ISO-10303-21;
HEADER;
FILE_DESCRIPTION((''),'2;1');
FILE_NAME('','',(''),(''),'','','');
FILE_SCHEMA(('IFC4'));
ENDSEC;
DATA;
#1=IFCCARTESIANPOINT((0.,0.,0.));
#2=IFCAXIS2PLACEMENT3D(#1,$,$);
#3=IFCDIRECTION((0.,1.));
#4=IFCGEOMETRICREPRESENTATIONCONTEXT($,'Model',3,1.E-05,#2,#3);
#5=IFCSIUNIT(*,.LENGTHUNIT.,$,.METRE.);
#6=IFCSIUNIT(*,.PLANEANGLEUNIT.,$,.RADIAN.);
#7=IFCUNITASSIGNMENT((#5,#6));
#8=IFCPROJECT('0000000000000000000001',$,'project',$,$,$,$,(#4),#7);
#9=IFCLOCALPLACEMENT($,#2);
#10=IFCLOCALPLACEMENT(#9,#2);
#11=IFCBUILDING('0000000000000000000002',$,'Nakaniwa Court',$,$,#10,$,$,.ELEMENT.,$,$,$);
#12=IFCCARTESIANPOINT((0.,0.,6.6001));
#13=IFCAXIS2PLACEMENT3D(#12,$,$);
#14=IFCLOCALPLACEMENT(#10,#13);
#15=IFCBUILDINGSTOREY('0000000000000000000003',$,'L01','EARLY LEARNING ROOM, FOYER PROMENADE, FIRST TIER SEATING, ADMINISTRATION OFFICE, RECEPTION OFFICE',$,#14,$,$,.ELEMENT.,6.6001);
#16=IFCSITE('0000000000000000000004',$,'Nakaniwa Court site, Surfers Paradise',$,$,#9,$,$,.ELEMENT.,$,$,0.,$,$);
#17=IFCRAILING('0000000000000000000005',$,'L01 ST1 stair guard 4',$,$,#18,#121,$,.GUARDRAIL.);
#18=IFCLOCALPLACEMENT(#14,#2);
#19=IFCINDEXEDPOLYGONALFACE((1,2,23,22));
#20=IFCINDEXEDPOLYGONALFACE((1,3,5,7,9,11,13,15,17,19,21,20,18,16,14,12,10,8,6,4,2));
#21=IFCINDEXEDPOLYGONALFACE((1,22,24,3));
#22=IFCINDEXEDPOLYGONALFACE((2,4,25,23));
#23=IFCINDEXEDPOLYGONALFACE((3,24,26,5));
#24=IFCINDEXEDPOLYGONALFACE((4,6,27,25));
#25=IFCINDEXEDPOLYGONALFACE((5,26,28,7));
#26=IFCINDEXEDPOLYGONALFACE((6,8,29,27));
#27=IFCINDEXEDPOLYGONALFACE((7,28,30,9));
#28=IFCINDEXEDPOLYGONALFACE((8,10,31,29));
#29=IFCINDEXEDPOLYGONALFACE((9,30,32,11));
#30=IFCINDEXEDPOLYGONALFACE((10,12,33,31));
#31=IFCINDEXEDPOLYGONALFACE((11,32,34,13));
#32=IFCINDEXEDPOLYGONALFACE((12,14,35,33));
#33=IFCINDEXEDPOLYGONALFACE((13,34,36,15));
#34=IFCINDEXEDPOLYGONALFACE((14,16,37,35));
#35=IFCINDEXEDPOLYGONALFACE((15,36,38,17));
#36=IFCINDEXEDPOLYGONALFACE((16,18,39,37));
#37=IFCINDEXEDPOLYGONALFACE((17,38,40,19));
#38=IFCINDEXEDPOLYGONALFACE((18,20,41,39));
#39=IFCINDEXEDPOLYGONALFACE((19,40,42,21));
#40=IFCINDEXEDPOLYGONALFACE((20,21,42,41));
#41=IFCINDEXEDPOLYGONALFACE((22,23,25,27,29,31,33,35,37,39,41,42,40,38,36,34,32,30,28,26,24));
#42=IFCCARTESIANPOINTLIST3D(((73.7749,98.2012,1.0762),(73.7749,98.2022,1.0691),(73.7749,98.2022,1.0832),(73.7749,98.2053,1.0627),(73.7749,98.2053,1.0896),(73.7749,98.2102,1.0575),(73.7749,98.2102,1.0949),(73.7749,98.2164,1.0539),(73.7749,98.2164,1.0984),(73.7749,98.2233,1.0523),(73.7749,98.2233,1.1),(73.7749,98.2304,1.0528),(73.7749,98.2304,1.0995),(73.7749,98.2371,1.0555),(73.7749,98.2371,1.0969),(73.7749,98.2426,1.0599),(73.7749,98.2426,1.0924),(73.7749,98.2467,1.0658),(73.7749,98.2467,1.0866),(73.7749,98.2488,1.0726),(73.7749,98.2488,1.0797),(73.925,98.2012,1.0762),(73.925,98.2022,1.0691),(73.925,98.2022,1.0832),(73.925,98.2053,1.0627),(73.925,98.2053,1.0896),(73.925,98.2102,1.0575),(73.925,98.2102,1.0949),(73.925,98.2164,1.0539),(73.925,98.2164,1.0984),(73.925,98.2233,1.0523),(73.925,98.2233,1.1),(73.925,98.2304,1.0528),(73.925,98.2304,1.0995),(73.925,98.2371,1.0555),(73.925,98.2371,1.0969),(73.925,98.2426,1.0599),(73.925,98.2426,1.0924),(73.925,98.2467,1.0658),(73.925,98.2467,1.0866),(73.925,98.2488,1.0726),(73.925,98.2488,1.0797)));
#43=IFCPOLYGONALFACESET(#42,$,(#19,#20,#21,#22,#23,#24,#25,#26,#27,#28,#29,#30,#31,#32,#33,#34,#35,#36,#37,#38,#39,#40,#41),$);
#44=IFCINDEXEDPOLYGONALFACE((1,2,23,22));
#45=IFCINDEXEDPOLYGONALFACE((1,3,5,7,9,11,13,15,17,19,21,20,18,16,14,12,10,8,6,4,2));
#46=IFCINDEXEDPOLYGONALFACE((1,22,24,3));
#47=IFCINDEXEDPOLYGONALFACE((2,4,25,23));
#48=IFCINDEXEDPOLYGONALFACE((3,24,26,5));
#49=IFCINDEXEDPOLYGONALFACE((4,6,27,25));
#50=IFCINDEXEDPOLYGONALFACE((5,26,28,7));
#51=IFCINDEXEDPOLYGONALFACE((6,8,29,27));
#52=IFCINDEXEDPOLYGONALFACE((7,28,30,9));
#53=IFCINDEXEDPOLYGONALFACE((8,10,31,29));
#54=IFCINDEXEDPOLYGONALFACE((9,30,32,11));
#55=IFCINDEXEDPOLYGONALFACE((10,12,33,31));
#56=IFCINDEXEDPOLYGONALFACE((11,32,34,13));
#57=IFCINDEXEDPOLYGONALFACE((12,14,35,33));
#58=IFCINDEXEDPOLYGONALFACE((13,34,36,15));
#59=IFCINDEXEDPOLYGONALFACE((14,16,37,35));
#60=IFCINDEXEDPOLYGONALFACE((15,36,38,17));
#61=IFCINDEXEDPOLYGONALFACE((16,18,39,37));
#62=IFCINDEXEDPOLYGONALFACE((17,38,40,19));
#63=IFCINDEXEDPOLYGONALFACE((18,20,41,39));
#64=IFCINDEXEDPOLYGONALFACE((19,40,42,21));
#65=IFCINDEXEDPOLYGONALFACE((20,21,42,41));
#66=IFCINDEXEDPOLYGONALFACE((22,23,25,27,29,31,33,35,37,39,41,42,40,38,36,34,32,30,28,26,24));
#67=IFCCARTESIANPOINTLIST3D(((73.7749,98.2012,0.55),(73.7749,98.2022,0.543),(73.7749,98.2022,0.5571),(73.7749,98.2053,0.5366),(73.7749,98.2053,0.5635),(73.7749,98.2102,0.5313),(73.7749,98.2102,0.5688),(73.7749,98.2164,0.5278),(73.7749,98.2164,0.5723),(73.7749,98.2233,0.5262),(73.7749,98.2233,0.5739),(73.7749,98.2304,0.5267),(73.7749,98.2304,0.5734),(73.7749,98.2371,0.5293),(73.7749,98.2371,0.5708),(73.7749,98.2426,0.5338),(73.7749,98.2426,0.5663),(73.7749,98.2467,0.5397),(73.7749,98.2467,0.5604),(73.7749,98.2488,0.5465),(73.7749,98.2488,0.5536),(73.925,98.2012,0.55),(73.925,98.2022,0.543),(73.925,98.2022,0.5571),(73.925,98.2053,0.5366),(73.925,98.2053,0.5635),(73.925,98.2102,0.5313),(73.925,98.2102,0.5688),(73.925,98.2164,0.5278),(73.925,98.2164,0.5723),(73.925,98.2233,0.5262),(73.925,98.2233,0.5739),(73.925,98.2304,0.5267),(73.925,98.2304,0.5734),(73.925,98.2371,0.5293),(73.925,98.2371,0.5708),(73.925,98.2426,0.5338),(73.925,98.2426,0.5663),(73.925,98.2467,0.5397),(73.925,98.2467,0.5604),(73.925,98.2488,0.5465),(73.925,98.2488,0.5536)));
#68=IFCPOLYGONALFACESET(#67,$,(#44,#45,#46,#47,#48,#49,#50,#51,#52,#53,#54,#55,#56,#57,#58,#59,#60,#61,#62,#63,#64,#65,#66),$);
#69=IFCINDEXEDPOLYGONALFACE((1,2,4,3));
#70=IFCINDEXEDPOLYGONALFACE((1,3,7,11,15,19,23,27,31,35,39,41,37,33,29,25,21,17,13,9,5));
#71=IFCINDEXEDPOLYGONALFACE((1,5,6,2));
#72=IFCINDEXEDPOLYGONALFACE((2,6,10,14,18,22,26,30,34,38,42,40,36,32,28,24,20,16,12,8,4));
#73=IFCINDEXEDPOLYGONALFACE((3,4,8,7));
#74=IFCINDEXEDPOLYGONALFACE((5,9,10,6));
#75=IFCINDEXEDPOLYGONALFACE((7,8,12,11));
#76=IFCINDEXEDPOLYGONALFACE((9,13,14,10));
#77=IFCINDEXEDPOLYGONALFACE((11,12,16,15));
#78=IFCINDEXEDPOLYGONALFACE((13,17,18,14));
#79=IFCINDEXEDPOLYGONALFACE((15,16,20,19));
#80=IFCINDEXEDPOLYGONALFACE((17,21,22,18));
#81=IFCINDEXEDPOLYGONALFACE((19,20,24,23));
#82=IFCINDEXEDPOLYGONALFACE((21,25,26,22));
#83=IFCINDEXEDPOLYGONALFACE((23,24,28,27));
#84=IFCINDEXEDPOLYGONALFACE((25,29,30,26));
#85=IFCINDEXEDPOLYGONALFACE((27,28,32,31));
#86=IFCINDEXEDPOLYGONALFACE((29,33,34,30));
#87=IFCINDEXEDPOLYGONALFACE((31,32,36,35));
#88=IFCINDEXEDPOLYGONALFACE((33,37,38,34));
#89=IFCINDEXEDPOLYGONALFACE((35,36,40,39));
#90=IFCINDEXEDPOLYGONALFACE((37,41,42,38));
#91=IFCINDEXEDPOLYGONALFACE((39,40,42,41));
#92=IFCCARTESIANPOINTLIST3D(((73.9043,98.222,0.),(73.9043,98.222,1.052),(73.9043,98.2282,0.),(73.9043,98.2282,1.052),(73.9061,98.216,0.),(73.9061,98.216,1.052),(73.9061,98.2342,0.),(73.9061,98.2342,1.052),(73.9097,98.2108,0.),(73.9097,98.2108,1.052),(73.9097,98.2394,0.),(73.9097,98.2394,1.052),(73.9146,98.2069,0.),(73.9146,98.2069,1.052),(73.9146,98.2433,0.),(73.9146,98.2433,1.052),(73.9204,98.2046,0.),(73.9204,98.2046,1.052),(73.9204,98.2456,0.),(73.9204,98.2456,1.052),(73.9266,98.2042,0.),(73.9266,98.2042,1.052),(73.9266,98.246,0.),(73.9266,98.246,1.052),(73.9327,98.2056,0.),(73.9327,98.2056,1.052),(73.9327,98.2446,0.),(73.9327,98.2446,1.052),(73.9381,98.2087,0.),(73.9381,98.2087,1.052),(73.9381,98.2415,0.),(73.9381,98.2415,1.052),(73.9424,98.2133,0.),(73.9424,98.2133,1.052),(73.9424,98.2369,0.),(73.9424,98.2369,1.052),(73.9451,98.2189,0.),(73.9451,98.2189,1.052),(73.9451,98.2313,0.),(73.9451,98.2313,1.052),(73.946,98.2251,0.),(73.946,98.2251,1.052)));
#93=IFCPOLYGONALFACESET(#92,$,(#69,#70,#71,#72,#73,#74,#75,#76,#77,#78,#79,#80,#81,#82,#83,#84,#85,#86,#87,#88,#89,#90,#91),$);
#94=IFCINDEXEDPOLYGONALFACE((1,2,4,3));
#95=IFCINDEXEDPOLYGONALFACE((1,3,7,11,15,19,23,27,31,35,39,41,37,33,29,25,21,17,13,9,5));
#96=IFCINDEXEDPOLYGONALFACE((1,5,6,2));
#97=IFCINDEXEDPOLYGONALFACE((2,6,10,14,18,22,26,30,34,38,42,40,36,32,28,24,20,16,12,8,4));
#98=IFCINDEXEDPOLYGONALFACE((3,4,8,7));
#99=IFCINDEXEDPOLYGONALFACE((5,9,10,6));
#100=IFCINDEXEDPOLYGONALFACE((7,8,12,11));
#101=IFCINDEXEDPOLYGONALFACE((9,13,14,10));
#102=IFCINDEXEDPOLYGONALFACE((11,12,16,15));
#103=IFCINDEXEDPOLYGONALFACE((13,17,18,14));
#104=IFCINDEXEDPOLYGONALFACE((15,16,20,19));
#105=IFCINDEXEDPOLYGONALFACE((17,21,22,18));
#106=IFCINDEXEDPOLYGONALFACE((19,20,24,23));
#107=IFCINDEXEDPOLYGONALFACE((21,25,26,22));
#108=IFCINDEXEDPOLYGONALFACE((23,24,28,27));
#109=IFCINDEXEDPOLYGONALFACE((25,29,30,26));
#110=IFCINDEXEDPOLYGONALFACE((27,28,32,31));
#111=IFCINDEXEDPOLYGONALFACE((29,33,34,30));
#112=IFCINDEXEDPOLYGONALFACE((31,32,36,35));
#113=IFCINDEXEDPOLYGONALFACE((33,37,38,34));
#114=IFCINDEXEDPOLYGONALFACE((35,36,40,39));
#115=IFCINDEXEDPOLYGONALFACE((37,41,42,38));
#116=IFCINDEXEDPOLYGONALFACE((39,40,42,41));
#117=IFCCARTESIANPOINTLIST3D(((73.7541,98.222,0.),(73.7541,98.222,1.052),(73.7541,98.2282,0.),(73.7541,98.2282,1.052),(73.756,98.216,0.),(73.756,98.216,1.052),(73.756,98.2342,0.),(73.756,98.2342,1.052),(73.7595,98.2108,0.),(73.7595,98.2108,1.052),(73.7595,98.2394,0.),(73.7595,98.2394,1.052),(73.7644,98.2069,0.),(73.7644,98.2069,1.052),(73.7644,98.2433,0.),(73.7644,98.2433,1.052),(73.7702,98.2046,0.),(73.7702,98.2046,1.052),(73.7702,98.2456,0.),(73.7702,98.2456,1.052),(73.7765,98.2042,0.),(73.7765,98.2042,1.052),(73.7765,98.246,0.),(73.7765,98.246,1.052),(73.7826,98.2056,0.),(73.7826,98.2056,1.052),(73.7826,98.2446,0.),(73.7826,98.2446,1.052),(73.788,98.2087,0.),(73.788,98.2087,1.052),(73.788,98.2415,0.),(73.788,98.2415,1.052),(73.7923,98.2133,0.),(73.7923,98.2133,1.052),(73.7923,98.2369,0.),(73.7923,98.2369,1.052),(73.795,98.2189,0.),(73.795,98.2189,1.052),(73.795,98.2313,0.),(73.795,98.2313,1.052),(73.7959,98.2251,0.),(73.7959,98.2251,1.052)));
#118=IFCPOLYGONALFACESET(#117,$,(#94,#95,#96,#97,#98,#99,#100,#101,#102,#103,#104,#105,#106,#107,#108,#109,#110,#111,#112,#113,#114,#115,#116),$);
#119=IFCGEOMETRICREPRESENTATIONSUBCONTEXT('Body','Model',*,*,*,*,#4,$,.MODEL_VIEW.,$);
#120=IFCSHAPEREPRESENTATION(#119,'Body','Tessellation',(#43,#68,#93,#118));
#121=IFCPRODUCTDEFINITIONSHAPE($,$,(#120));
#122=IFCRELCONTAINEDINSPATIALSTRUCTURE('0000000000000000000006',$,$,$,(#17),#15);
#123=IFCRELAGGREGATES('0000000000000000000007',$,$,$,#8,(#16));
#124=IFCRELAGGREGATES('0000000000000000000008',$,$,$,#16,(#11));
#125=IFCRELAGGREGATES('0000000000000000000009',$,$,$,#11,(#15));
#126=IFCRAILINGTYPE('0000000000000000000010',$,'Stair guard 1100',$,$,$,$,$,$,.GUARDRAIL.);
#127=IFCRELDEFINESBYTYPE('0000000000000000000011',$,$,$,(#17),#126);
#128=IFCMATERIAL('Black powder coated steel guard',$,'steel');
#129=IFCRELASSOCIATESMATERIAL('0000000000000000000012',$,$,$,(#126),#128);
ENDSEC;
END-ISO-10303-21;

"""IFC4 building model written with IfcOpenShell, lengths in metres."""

from ifc_helpers import new_model, si_unit, direction, frame, origin, origin_2d, place, context, subcontext, project, spatial, circle, extrude, material, type_object, element, save


model = new_model("IFC4")

# Units and contexts
model_context = context("Model", 3, precision=1e-05, world=origin(), true_north=direction((0.0, 1.0)))
body_context = subcontext(model_context, "Body", "Model", "MODEL_VIEW")
ifc_project = project(units=[si_unit("LENGTHUNIT", "METRE"), si_unit("PLANEANGLEUNIT", "RADIAN")], contexts=[model_context])

# Site, building, storey
site_placement = place(None, origin())
site = spatial("IfcSite", under=ifc_project, at=site_placement, Name="Nakaniwa Court site, Surfers Paradise", CompositionType="ELEMENT", RefElevation=0.0)
building_placement = place(site_placement, origin())
building = spatial("IfcBuilding", under=site, at=building_placement, Name="Nakaniwa Court", CompositionType="ELEMENT")
storey_placement = place(building_placement, frame((0.0, 0.0, 6.6001)))
storey = spatial("IfcBuildingStorey", under=building, at=storey_placement, Name="L01", Description="EARLY LEARNING ROOM, FOYER PROMENADE, FIRST TIER SEATING, ADMINISTRATION OFFICE, RECEPTION OFFICE", CompositionType="ELEMENT", Elevation=6.6001)

# Railing
ifc_material_1 = material(Name="Black powder coated steel guard", Category="steel")
railing_type_1 = type_object("IfcRailingType", Name="Stair guard 1100", PredefinedType="GUARDRAIL", material=ifc_material_1)
railing_1_placement = place(storey_placement, frame((73.925, 98.2251, 0.0)))
element("IfcRailing", 1, at=railing_1_placement, inside=storey, type_object=railing_type_1, Name="L01 ST1 stair guard 4", PredefinedType="GUARDRAIL", context=body_context, shape_type="SweptSolid", body=[
    extrude(circle(Radius=0.0239, at=origin_2d()), frame((0.0, 0.0, 1.0762), z_axis=(-1.0, 0.0, 0.0), x_axis=(0.0, -1.0, 0.0)), (0.0, 0.0, 1.0), 0.1501),
    extrude(circle(Radius=0.0239, at=origin_2d()), frame((0.0, 0.0, 0.55), z_axis=(-1.0, 0.0, 0.0), x_axis=(0.0, -1.0, 0.0)), (0.0, 0.0, 1.0), 0.1501),
    extrude(circle(Radius=0.021, at=origin_2d()), origin(), (0.0, 0.0, 1.0), 1.052),
    extrude(circle(Radius=0.021, at=origin_2d()), frame((-0.1501, 0.0, 0.0)), (0.0, 0.0, 1.0), 1.052),
])

save(model, "model.ifc")
